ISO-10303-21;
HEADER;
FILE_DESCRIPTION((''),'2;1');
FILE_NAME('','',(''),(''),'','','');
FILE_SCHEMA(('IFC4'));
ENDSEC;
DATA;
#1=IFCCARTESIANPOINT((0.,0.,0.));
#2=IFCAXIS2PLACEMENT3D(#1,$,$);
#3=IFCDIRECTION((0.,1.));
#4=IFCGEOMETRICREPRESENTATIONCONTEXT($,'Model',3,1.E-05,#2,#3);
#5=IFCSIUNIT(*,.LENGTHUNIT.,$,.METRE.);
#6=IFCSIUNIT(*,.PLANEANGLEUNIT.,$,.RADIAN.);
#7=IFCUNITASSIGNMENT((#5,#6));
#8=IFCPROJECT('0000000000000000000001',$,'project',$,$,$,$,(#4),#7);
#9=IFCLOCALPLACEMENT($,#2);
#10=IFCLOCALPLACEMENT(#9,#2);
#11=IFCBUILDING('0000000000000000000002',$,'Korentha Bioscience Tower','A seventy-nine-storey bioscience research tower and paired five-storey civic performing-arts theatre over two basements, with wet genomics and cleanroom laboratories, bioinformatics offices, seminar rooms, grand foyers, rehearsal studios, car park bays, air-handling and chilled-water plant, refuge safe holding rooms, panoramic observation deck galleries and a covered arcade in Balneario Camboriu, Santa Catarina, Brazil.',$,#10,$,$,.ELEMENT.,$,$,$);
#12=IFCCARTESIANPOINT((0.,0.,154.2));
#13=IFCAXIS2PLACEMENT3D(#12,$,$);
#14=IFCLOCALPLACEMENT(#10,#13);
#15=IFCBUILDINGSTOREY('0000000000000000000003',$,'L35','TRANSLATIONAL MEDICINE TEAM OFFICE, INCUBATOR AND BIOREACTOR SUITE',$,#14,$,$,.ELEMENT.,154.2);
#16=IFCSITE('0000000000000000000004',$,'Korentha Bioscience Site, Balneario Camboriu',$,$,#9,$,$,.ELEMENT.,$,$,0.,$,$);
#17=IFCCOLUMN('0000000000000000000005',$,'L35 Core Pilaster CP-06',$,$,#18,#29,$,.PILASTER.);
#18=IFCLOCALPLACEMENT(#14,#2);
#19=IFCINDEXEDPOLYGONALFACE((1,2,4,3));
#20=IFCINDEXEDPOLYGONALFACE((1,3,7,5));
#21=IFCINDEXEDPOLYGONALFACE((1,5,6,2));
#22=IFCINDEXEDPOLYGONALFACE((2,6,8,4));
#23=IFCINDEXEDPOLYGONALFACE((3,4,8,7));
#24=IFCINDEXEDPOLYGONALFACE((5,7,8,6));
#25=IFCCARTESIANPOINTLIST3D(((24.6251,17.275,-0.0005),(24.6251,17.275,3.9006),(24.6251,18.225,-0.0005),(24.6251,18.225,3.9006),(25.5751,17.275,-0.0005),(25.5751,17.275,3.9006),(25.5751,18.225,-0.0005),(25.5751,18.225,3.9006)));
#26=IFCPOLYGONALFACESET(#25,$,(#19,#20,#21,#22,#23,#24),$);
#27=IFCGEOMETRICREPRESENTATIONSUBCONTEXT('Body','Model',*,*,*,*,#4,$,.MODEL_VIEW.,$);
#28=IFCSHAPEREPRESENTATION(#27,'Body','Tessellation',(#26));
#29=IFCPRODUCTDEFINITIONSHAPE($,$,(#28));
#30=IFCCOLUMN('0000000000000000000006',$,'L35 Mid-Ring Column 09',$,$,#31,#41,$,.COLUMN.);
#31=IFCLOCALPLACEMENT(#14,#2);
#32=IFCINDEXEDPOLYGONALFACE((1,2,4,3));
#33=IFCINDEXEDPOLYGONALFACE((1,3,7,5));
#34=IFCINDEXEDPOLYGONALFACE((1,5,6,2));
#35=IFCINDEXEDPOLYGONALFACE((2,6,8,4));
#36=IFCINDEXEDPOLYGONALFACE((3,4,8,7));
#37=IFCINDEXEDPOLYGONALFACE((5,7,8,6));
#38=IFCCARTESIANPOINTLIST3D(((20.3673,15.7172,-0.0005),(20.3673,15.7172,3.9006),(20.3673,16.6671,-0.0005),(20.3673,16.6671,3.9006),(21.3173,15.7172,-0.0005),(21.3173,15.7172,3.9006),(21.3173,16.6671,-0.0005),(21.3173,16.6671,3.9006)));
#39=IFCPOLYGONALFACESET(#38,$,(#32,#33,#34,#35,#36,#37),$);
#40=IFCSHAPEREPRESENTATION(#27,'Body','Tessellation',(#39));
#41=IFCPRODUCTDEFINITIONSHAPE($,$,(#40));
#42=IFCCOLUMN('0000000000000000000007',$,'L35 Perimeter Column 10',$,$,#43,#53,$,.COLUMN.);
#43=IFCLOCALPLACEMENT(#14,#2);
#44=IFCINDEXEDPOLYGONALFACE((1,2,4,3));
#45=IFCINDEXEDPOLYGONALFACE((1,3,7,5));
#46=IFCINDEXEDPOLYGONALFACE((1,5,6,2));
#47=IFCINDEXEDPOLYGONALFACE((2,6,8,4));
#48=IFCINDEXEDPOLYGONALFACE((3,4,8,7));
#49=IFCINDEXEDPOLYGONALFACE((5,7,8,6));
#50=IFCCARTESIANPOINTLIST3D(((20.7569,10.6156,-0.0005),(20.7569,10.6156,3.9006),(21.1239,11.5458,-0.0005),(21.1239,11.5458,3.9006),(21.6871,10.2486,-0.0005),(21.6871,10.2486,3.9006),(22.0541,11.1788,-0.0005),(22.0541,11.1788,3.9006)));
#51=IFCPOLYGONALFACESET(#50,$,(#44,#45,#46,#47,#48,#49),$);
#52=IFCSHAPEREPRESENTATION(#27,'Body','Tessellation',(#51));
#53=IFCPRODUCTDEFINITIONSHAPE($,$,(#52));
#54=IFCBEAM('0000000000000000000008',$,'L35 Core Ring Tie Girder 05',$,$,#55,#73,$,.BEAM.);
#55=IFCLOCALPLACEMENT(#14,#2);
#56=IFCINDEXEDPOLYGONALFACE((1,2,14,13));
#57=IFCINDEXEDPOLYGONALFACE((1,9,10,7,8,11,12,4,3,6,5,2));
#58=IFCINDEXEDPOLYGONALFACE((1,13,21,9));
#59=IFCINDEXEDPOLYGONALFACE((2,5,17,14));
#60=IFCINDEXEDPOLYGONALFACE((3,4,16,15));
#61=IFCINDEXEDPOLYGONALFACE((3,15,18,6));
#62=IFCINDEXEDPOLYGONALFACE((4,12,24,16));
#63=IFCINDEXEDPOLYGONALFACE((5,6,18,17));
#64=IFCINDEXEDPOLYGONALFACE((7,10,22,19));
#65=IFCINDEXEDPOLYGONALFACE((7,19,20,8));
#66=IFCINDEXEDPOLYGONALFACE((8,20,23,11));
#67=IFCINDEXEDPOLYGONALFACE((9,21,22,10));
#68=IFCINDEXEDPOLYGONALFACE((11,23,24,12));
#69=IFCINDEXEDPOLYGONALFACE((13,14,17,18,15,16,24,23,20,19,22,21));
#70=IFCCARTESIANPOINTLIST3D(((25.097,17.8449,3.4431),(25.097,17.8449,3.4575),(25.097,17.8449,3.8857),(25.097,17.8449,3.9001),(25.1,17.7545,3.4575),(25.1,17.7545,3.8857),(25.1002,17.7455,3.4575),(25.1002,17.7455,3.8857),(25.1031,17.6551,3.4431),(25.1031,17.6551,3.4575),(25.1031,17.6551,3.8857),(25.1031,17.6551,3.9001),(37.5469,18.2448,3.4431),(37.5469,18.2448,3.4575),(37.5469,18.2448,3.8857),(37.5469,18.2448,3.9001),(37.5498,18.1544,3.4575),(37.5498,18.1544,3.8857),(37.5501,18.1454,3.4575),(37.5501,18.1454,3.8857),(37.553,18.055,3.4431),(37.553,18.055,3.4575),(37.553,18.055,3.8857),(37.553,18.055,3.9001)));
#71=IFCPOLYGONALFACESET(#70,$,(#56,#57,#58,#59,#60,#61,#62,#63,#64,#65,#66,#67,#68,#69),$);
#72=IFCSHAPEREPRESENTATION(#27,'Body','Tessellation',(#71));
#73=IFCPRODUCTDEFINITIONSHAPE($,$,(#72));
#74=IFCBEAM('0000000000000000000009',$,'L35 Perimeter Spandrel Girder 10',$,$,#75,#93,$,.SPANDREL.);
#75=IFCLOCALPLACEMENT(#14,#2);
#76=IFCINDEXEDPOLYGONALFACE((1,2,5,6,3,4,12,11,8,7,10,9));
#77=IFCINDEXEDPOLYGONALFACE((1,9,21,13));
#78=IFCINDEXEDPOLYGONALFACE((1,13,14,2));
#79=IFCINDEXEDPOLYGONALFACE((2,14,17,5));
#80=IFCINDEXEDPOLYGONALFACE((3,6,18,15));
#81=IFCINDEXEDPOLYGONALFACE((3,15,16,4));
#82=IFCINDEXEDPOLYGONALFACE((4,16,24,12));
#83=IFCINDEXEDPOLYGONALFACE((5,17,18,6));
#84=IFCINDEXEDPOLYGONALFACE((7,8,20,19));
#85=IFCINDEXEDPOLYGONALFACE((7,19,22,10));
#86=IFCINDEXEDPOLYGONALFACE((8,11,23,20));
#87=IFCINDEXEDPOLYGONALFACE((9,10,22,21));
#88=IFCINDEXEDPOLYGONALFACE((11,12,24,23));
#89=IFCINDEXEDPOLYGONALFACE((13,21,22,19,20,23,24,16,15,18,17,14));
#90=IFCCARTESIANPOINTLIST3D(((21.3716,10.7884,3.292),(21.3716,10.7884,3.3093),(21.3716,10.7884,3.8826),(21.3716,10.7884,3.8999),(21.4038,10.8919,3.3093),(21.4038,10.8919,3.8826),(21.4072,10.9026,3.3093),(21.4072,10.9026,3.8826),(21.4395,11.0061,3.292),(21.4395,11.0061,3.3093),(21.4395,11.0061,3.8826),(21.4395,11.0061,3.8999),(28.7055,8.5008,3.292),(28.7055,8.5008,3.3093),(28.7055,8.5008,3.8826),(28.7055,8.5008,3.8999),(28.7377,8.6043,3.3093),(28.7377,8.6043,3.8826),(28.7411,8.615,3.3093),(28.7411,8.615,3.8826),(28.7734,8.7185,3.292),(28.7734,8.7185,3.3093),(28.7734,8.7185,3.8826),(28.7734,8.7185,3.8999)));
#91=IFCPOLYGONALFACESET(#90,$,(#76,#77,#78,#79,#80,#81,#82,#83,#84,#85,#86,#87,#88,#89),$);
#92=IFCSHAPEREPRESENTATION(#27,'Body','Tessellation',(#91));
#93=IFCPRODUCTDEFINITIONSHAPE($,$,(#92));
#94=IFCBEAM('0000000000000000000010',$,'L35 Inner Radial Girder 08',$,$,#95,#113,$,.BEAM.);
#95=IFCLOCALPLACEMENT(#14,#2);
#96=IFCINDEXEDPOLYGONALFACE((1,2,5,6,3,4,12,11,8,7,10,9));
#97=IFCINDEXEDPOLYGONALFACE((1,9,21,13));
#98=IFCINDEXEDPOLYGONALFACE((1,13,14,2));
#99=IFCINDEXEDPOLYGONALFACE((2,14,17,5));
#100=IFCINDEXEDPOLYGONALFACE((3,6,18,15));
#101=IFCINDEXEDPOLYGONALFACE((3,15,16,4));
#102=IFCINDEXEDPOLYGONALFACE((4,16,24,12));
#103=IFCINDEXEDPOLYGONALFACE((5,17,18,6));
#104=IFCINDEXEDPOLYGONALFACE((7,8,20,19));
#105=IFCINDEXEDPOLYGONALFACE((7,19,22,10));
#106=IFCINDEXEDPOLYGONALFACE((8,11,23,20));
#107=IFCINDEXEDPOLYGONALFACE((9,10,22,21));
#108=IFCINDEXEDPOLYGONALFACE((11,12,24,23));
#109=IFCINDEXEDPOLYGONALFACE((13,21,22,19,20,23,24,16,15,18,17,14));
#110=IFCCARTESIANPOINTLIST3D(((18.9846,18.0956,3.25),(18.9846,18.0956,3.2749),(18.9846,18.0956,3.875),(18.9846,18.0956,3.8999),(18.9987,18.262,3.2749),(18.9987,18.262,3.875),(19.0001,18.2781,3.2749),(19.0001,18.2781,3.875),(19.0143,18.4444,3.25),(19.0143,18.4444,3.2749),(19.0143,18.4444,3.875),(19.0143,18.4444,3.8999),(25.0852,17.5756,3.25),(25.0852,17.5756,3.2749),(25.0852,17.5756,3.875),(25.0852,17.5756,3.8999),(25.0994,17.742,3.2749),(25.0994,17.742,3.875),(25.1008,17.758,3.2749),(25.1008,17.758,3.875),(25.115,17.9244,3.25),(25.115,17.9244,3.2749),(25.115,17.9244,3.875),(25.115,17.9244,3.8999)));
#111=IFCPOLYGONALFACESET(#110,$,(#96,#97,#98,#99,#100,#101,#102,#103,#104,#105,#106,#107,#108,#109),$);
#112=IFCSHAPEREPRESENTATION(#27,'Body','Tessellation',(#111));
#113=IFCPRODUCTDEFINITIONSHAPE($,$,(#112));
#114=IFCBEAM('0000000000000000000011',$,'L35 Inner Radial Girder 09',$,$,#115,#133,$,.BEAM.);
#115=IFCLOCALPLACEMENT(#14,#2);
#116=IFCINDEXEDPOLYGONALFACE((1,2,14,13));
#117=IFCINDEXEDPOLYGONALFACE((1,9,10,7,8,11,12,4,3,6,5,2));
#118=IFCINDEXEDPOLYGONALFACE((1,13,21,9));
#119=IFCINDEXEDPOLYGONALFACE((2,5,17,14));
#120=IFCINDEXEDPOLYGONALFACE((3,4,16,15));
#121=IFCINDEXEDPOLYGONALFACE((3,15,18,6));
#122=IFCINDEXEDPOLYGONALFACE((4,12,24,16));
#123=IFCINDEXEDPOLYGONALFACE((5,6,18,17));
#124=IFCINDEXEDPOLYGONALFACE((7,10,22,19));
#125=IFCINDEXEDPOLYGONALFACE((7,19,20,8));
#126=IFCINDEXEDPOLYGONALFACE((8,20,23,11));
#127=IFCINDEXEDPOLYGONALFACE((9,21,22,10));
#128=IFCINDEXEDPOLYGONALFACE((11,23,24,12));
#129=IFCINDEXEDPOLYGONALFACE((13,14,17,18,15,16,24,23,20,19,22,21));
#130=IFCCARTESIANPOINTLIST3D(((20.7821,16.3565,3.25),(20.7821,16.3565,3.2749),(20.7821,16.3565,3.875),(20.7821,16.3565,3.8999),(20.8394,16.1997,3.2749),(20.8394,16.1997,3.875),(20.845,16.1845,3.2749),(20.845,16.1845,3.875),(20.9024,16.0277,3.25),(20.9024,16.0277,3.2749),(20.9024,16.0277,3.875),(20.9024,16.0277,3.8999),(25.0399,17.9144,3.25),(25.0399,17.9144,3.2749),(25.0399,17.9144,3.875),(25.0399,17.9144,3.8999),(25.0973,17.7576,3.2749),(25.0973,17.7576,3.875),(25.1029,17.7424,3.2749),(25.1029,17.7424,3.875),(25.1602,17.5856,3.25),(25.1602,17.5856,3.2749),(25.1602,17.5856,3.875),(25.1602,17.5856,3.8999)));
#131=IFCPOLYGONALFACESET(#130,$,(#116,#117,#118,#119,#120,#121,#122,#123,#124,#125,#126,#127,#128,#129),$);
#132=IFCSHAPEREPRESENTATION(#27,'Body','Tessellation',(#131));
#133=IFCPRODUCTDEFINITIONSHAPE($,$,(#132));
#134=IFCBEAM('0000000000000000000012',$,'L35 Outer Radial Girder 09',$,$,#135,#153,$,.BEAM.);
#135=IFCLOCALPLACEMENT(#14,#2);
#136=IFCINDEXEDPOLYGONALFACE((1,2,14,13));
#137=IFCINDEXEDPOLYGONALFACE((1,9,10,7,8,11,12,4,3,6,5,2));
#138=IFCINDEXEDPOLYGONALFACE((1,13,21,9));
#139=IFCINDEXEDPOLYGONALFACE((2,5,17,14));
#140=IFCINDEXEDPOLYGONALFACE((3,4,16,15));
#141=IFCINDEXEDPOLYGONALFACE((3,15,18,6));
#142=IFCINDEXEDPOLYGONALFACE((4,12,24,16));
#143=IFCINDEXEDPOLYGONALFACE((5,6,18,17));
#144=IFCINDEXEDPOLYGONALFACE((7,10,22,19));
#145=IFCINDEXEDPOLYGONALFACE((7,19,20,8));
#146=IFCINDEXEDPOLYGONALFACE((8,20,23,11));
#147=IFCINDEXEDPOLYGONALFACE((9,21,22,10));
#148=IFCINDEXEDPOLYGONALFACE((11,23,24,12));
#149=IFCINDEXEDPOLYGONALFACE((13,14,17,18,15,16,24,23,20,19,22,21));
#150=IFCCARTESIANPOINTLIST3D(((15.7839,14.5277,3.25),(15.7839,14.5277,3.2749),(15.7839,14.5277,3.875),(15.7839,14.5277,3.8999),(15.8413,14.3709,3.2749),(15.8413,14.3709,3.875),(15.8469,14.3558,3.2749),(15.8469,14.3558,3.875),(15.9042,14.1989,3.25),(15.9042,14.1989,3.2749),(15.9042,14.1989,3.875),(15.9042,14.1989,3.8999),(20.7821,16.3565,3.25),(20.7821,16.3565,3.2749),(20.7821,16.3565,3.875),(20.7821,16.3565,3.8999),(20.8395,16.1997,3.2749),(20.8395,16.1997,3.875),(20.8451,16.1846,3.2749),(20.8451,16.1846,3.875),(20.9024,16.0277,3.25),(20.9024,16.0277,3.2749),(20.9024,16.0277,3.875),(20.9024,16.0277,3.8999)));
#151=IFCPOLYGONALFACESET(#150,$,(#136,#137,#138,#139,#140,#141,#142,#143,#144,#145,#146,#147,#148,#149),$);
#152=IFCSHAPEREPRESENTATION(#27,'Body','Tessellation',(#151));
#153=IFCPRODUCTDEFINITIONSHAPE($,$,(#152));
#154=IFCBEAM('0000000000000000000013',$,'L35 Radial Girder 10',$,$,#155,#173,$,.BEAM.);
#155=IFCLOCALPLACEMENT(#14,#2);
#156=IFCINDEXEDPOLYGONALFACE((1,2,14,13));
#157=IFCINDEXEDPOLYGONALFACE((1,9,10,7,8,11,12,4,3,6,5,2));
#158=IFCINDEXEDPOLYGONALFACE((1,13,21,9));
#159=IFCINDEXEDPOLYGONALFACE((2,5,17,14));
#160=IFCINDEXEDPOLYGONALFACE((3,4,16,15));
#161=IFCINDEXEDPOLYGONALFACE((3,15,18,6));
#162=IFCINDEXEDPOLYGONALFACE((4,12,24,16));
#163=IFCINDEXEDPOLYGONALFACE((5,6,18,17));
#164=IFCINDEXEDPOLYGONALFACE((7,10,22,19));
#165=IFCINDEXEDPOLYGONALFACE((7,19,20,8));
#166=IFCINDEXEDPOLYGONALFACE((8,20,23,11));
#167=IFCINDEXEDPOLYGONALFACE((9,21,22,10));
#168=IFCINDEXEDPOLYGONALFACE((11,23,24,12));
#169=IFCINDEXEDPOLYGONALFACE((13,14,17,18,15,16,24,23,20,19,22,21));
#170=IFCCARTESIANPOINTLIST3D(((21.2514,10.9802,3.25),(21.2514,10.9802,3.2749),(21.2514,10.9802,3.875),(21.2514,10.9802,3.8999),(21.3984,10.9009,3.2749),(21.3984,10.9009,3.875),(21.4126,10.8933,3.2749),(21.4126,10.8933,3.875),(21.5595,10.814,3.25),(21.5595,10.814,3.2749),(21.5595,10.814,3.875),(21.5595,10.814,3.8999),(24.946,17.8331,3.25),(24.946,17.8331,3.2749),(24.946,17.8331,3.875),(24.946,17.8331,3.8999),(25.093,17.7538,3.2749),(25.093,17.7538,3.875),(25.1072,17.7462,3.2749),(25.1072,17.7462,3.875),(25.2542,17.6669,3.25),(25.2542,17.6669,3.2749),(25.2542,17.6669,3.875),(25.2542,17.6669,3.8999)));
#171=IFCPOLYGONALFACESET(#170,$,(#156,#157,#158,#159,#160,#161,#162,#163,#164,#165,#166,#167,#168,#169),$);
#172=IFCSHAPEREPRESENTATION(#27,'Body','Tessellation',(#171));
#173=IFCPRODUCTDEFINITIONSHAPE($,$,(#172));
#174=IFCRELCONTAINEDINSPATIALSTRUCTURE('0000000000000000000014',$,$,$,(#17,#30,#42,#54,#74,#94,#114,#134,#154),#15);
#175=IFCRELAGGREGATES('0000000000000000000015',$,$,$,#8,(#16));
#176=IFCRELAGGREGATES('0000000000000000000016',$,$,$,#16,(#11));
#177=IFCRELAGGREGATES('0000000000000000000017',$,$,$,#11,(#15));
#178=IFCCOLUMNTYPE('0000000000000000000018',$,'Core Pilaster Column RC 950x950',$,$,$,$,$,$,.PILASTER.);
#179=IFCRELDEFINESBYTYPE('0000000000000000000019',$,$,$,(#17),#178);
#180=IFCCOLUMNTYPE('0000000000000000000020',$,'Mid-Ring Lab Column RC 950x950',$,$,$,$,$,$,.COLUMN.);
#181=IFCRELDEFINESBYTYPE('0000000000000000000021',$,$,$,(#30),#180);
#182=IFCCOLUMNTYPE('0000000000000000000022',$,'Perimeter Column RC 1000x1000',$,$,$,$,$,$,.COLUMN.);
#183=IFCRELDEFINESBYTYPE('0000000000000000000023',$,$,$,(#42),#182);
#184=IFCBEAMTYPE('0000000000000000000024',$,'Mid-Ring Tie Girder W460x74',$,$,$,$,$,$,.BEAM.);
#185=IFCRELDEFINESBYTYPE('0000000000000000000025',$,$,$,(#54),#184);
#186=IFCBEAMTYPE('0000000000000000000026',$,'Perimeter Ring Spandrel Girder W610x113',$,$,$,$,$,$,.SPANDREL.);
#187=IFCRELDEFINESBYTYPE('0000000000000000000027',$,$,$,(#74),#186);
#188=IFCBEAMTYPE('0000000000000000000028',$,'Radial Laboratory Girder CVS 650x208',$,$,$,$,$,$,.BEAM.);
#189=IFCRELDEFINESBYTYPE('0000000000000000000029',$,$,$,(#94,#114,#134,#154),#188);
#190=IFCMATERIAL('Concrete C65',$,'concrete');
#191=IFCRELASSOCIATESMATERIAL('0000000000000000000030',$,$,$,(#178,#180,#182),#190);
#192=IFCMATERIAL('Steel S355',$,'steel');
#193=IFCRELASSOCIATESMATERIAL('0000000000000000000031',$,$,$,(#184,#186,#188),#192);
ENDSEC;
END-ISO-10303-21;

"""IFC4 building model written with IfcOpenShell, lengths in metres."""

from ifc_helpers import new_model, si_unit, direction, frame, origin, origin_2d, place, context, subcontext, project, spatial, rectangle, i_section, extrude, material, material_profile, profile_set, type_object, element, save


model = new_model("IFC4")

# Units and contexts
model_context = context("Model", 3, precision=1e-05, world=origin(), true_north=direction((0.0, 1.0)))
body_context = subcontext(model_context, "Body", "Model", "MODEL_VIEW")
ifc_project = project(units=[si_unit("LENGTHUNIT", "METRE"), si_unit("PLANEANGLEUNIT", "RADIAN")], contexts=[model_context])

# Site, building, storey
site_placement = place(None, origin())
site = spatial("IfcSite", under=ifc_project, at=site_placement, Name="Korentha Bioscience Site, Balneario Camboriu", CompositionType="ELEMENT", RefElevation=0.0)
building_placement = place(site_placement, origin())
building = spatial("IfcBuilding", under=site, at=building_placement, Name="Korentha Bioscience Tower", Description="A seventy-nine-storey bioscience research tower and paired five-storey civic performing-arts theatre over two basements, with wet genomics and cleanroom laboratories, bioinformatics offices, seminar rooms, grand foyers, rehearsal studios, car park bays, air-handling and chilled-water plant, refuge safe holding rooms, panoramic observation deck galleries and a covered arcade in Balneario Camboriu, Santa Catarina, Brazil.", CompositionType="ELEMENT")
storey_placement = place(building_placement, frame((0.0, 0.0, 154.2)))
storey = spatial("IfcBuildingStorey", under=building, at=storey_placement, Name="L35", Description="TRANSLATIONAL MEDICINE TEAM OFFICE, INCUBATOR AND BIOREACTOR SUITE", CompositionType="ELEMENT", Elevation=154.2)

# Columns
ifc_material_1 = material(Name="Concrete C65", Category="concrete")
ifc_material_profile_1 = material_profile(ifc_material_1, rectangle(XDim=0.95, YDim=0.95, at=origin_2d()), Name="Concrete C65")
ifc_profile_set_1 = profile_set([ifc_material_profile_1], Name="Concrete C65 (COL-CP09)")
column_type_1 = type_object("IfcColumnType", Name="Core Pilaster Column RC 950x950", PredefinedType="PILASTER", material=ifc_profile_set_1)
column_1_placement = place(storey_placement, frame((25.1001, 17.75, -0.0005), z_axis=(0.0, 0.0, 1.0), x_axis=(1.0, 0.0, 0.0)))
element("IfcColumn", 1, at=column_1_placement, inside=storey, type_object=column_type_1, Name="L35 Core Pilaster CP-06", PredefinedType="PILASTER", context=body_context, shape_type="SweptSolid", body=[
    extrude(rectangle(XDim=0.95, YDim=0.95, at=origin_2d()), origin(), (0.0, 0.0, 1.0), 3.9011),
])
ifc_material_profile_2 = material_profile(ifc_material_1, rectangle(XDim=0.95, YDim=0.95, at=origin_2d()), Name="Concrete C65")
ifc_profile_set_2 = profile_set([ifc_material_profile_2], Name="Concrete C65 (COL-MR09)")
column_type_2 = type_object("IfcColumnType", Name="Mid-Ring Lab Column RC 950x950", PredefinedType="COLUMN", material=ifc_profile_set_2)
column_2_placement = place(storey_placement, frame((20.8423, 16.1921, -0.0005), z_axis=(0.0, 0.0, 1.0), x_axis=(1.0, 0.0, 0.0)))
element("IfcColumn", 2, at=column_2_placement, inside=storey, type_object=column_type_2, Name="L35 Mid-Ring Column 09", PredefinedType="COLUMN", context=body_context, shape_type="SweptSolid", body=[
    extrude(rectangle(XDim=0.95, YDim=0.95, at=origin_2d()), origin(), (0.0, 0.0, 1.0), 3.9011),
])
ifc_material_profile_3 = material_profile(ifc_material_1, rectangle(XDim=1.0, YDim=1.0, at=origin_2d()), Name="Concrete C65")
ifc_profile_set_3 = profile_set([ifc_material_profile_3], Name="Concrete C65 (COL-P10)")
column_type_3 = type_object("IfcColumnType", Name="Perimeter Column RC 1000x1000", PredefinedType="COLUMN", material=ifc_profile_set_3)
column_3_placement = place(storey_placement, frame((21.4055, 10.8972, -0.0005), z_axis=(0.0, 0.0, 1.0), x_axis=(-0.930226, 0.366988, 0.0)))
element("IfcColumn", 3, at=column_3_placement, inside=storey, type_object=column_type_3, Name="L35 Perimeter Column 10", PredefinedType="COLUMN", context=body_context, shape_type="SweptSolid", body=[
    extrude(rectangle(XDim=1.0, YDim=1.0, at=origin_2d()), origin(), (0.0, 0.0, 1.0), 3.9011),
])

# Beams
ifc_material_2 = material(Name="Steel S355", Category="steel")
ifc_material_profile_4 = material_profile(ifc_material_2, i_section(OverallWidth=0.1899, OverallDepth=0.457, WebThickness=0.009, FlangeThickness=0.0144, at=origin_2d()), Name="Steel S355")
ifc_profile_set_4 = profile_set([ifc_material_profile_4], Name="Steel S355 (MB-460)")
beam_type_1 = type_object("IfcBeamType", Name="Mid-Ring Tie Girder W460x74", PredefinedType="BEAM", material=ifc_profile_set_4)
beam_1_placement = place(storey_placement, frame((25.1001, 17.75, 3.6716), z_axis=(0.999485, 0.032104, 0.0), x_axis=(-0.032104, 0.999485, 0.0)))
element("IfcBeam", 4, at=beam_1_placement, inside=storey, type_object=beam_type_1, Name="L35 Core Ring Tie Girder 05", PredefinedType="BEAM", context=body_context, shape_type="SweptSolid", body=[
    extrude(i_section(OverallWidth=0.1899, OverallDepth=0.457, WebThickness=0.009, FlangeThickness=0.0144, at=origin_2d()), origin(), (0.0, 0.0, 1.0), 12.4563),
])
ifc_material_profile_5 = material_profile(ifc_material_2, i_section(OverallWidth=0.228, OverallDepth=0.6079, WebThickness=0.0112, FlangeThickness=0.0173, at=origin_2d()), Name="Steel S355")
ifc_profile_set_5 = profile_set([ifc_material_profile_5], Name="Steel S355 (SB-610)")
beam_type_2 = type_object("IfcBeamType", Name="Perimeter Ring Spandrel Girder W610x113", PredefinedType="SPANDREL", material=ifc_profile_set_5)
beam_2_placement = place(storey_placement, frame((21.4055, 10.8972, 3.5959), z_axis=(0.954638, -0.297768, 0.0), x_axis=(0.297768, 0.954638, 0.0)))
element("IfcBeam", 5, at=beam_2_placement, inside=storey, type_object=beam_type_2, Name="L35 Perimeter Spandrel Girder 10", PredefinedType="SPANDREL", context=body_context, shape_type="SweptSolid", body=[
    extrude(i_section(OverallWidth=0.228, OverallDepth=0.6079, WebThickness=0.0112, FlangeThickness=0.0173, at=origin_2d()), origin(), (0.0, 0.0, 1.0), 7.6824),
])
ifc_material_profile_6 = material_profile(ifc_material_2, i_section(OverallWidth=0.3501, OverallDepth=0.6499, WebThickness=0.0161, FlangeThickness=0.0249, at=origin_2d()), Name="Steel S355")
ifc_profile_set_6 = profile_set([ifc_material_profile_6], Name="Steel S355 (RB-650)")
beam_type_3 = type_object("IfcBeamType", Name="Radial Laboratory Girder CVS 650x208", PredefinedType="BEAM", material=ifc_profile_set_6)
beam_3_placement = place(storey_placement, frame((25.1001, 17.75, 3.575), z_axis=(-0.996387, 0.084933, 0.0), x_axis=(-0.084933, -0.996387, 0.0)))
element("IfcBeam", 6, at=beam_3_placement, inside=storey, type_object=beam_type_3, Name="L35 Inner Radial Girder 08", PredefinedType="BEAM", context=body_context, shape_type="SweptSolid", body=[
    extrude(i_section(OverallWidth=0.3501, OverallDepth=0.6499, WebThickness=0.0161, FlangeThickness=0.0249, at=origin_2d()), origin(), (0.0, 0.0, 1.0), 6.1228),
])
beam_4_placement = place(storey_placement, frame((25.1001, 17.75, 3.575), z_axis=(-0.939114, -0.343606, 0.0), x_axis=(0.343606, -0.939114, 0.0)))
element("IfcBeam", 7, at=beam_4_placement, inside=storey, type_object=beam_type_3, Name="L35 Inner Radial Girder 09", PredefinedType="BEAM", context=body_context, shape_type="SweptSolid", body=[
    extrude(i_section(OverallWidth=0.3501, OverallDepth=0.6499, WebThickness=0.0161, FlangeThickness=0.0249, at=origin_2d()), origin(), (0.0, 0.0, 1.0), 4.5339),
])
beam_5_placement = place(storey_placement, frame((20.8423, 16.1921, 3.575), z_axis=(-0.93911, -0.343617, 0.0), x_axis=(0.343617, -0.93911, 0.0)))
element("IfcBeam", 8, at=beam_5_placement, inside=storey, type_object=beam_type_3, Name="L35 Outer Radial Girder 09", PredefinedType="BEAM", context=body_context, shape_type="SweptSolid", body=[
    extrude(i_section(OverallWidth=0.3501, OverallDepth=0.6499, WebThickness=0.0161, FlangeThickness=0.0249, at=origin_2d()), origin(), (0.0, 0.0, 1.0), 5.3223),
])
beam_6_placement = place(storey_placement, frame((25.1001, 17.75, 3.575), z_axis=(-0.47456, -0.880223, 0.0), x_axis=(0.880223, -0.47456, 0.0)))
element("IfcBeam", 9, at=beam_6_placement, inside=storey, type_object=beam_type_3, Name="L35 Radial Girder 10", PredefinedType="BEAM", context=body_context, shape_type="SweptSolid", body=[
    extrude(i_section(OverallWidth=0.3501, OverallDepth=0.6499, WebThickness=0.0161, FlangeThickness=0.0249, at=origin_2d()), origin(), (0.0, 0.0, 1.0), 7.7854),
])

save(model, "model.ifc")
